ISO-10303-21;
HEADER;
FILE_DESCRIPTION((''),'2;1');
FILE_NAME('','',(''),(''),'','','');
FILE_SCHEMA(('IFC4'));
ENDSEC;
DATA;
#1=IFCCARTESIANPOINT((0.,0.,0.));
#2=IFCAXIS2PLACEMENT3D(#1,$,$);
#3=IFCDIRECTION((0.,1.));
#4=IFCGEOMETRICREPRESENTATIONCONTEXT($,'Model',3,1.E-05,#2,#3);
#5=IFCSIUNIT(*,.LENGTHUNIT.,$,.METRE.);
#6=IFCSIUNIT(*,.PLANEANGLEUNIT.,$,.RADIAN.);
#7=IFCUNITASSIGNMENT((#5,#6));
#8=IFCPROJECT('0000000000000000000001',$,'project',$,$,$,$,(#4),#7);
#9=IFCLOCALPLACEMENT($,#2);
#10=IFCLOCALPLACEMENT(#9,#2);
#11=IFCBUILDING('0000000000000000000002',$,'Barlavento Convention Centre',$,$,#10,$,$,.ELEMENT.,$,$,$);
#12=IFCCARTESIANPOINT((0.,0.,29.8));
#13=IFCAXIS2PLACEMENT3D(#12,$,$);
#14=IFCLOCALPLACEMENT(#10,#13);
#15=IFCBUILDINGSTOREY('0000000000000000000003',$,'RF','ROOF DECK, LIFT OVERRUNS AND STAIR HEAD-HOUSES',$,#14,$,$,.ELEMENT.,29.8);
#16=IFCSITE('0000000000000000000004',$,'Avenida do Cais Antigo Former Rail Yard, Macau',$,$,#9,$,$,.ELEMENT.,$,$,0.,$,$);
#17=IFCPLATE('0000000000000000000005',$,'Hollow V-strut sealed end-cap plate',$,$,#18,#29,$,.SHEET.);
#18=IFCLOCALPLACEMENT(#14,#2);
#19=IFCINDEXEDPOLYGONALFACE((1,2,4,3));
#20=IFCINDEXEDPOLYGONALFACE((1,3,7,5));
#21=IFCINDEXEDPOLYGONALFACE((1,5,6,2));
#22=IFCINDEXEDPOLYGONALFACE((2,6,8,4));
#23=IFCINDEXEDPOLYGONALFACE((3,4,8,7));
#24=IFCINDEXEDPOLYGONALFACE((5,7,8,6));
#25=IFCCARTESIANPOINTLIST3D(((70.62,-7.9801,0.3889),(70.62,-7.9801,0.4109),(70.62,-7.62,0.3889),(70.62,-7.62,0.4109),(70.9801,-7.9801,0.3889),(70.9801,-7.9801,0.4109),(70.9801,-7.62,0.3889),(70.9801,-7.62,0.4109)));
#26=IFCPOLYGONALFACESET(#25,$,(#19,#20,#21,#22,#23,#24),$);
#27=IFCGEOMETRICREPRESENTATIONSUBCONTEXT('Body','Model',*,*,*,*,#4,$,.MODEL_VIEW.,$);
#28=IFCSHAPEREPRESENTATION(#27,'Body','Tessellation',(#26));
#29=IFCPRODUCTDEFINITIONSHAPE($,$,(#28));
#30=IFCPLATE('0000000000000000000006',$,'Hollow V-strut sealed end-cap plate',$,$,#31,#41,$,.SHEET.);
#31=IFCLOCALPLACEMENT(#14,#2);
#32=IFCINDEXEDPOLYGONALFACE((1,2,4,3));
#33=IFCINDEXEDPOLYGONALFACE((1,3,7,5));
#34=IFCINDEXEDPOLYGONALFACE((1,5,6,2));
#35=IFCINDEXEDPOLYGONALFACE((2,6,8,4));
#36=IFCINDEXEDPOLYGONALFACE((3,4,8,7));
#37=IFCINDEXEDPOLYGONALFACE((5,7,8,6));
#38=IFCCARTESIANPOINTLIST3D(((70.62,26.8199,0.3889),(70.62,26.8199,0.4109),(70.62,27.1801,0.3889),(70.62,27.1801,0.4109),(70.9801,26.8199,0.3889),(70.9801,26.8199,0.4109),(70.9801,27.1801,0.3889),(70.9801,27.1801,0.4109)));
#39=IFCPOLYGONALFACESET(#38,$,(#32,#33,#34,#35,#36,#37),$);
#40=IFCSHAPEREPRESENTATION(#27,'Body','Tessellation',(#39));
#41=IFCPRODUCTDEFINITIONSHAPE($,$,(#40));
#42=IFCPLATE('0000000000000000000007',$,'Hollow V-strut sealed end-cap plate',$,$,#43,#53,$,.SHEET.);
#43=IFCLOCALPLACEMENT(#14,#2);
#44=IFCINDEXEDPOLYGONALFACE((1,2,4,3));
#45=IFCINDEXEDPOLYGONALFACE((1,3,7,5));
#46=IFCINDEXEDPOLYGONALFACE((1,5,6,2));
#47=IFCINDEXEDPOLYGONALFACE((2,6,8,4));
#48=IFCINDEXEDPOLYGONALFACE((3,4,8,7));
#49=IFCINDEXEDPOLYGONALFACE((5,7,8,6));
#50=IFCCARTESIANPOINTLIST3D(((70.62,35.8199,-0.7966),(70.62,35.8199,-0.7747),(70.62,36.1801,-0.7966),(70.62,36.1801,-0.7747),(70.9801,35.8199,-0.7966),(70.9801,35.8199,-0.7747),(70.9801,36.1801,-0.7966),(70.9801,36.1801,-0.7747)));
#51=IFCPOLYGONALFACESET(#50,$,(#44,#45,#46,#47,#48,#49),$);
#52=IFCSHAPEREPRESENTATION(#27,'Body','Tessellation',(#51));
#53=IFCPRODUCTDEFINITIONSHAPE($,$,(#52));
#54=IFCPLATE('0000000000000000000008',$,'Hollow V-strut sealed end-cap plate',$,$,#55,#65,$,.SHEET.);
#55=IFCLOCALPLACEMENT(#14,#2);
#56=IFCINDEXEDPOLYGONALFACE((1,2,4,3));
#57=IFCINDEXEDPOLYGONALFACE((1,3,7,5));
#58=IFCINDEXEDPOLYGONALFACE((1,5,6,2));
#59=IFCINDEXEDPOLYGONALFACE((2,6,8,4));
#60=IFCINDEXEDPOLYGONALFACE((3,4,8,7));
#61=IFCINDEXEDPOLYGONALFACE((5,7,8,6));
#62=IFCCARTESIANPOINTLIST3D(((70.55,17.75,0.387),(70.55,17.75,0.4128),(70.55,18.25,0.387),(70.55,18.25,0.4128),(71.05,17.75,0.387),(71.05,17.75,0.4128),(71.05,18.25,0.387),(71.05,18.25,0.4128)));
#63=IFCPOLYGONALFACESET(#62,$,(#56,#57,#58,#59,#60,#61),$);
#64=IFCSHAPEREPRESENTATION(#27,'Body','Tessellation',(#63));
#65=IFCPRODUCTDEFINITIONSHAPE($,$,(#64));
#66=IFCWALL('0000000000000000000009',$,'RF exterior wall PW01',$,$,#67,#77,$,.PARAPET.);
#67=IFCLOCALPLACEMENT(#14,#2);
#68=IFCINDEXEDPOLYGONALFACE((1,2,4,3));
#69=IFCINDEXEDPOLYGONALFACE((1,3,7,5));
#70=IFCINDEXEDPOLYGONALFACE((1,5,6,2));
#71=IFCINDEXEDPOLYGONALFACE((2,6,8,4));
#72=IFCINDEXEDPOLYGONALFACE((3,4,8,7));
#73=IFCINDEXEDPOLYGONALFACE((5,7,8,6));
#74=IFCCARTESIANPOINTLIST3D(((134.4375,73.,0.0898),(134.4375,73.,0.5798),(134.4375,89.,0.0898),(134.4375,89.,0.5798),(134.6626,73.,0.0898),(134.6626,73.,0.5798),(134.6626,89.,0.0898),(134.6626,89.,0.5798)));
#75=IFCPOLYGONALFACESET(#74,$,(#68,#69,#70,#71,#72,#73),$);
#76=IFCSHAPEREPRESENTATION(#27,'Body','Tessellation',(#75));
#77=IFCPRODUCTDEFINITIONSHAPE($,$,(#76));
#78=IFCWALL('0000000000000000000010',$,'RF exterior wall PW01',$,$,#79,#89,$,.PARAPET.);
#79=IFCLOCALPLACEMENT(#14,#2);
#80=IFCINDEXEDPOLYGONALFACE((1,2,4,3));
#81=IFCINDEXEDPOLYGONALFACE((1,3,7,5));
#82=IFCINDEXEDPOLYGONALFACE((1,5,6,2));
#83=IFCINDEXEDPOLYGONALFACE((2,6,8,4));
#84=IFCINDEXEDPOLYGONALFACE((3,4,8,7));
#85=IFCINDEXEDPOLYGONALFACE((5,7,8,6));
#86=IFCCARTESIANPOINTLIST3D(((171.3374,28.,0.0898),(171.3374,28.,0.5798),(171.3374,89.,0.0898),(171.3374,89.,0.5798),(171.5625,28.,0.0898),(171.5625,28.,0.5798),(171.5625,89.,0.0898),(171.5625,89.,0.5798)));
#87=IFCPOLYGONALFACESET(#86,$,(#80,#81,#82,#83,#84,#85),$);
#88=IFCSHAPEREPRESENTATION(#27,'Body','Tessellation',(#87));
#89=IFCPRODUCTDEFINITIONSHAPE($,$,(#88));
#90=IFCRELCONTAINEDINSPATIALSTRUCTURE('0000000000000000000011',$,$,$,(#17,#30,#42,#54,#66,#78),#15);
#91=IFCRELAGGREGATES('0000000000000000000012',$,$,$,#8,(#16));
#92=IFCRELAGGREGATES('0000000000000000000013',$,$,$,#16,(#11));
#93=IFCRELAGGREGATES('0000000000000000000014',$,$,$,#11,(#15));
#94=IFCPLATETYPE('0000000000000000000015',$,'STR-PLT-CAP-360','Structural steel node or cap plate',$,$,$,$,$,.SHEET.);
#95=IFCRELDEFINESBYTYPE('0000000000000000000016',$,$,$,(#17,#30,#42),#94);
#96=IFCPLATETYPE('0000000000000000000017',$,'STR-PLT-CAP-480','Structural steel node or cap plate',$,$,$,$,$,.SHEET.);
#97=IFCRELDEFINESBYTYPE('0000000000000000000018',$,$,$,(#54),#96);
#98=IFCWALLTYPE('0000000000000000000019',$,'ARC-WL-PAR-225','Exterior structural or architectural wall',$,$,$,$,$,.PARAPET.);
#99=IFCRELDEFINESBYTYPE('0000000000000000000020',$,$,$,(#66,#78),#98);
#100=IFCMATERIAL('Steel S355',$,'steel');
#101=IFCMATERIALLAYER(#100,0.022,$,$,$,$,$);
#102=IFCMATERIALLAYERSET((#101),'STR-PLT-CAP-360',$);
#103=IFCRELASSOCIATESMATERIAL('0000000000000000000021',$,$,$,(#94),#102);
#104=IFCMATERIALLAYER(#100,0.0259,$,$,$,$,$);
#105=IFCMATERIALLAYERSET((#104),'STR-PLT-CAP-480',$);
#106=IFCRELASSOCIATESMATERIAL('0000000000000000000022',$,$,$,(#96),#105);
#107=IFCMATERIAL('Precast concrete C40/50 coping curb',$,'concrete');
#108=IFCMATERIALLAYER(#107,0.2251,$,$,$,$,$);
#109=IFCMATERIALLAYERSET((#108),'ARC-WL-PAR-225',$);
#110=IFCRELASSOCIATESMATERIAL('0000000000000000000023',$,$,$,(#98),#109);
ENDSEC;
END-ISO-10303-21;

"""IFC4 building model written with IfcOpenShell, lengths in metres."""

from ifc_helpers import new_model, si_unit, direction, frame, frame_2d, origin, origin_2d, place, context, subcontext, project, spatial, rectangle, extrude, material, layer, layer_set, type_object, element, save


model = new_model("IFC4")

# Units and contexts
model_context = context("Model", 3, precision=1e-05, world=origin(), true_north=direction((0.0, 1.0)))
body_context = subcontext(model_context, "Body", "Model", "MODEL_VIEW")
ifc_project = project(units=[si_unit("LENGTHUNIT", "METRE"), si_unit("PLANEANGLEUNIT", "RADIAN")], contexts=[model_context])

# Site, building, storey
site_placement = place(None, origin())
site = spatial("IfcSite", under=ifc_project, at=site_placement, Name="Avenida do Cais Antigo Former Rail Yard, Macau", CompositionType="ELEMENT", RefElevation=0.0)
building_placement = place(site_placement, origin())
building = spatial("IfcBuilding", under=site, at=building_placement, Name="Barlavento Convention Centre", CompositionType="ELEMENT")
storey_placement = place(building_placement, frame((0.0, 0.0, 29.8)))
storey = spatial("IfcBuildingStorey", under=building, at=storey_placement, Name="RF", Description="ROOF DECK, LIFT OVERRUNS AND STAIR HEAD-HOUSES", CompositionType="ELEMENT", Elevation=29.8)

# Shared definitions
ifc_material_1 = material(Name="Steel S355", Category="steel")

# Plates
ifc_layer_1 = layer(ifc_material_1, 0.022)
ifc_layer_set_1 = layer_set([ifc_layer_1], Name="STR-PLT-CAP-360")
plate_type_1 = type_object("IfcPlateType", Name="STR-PLT-CAP-360", Description="Structural steel node or cap plate", PredefinedType="SHEET", material=ifc_layer_set_1)
for number, where, z_axis, x_axis, name in (
    (1, (70.8, -7.8, 0.3889), (0.0, 0.0, 1.0), (1.0, 0.0, 0.0), "Hollow V-strut sealed end-cap plate"),
    (2, (70.8, 27.0, 0.3889), (0.0, 0.0, 1.0), (1.0, 0.0, 0.0), "Hollow V-strut sealed end-cap plate"),
    (3, (70.8, 36.0, -0.7966), (0.0, 0.0, 1.0), (1.0, 0.0, 0.0), "Hollow V-strut sealed end-cap plate"),
):
    element("IfcPlate", number, at=place(storey_placement, frame(where, z_axis=z_axis, x_axis=x_axis)), inside=storey, type_object=plate_type_1, Name=name, PredefinedType="SHEET", context=body_context, shape_type="SweptSolid", body=[
        extrude(rectangle(XDim=0.3601, YDim=0.3601, at=origin_2d()), origin(), (0.0, 0.0, 1.0), 0.022),
    ])
ifc_layer_2 = layer(ifc_material_1, 0.0259)
ifc_layer_set_2 = layer_set([ifc_layer_2], Name="STR-PLT-CAP-480")
plate_type_2 = type_object("IfcPlateType", Name="STR-PLT-CAP-480", Description="Structural steel node or cap plate", PredefinedType="SHEET", material=ifc_layer_set_2)
plate_placement = place(storey_placement, frame((70.8, 18.0, 0.387), z_axis=(0.0, 0.0, 1.0), x_axis=(1.0, 0.0, 0.0)))
element("IfcPlate", 4, at=plate_placement, inside=storey, type_object=plate_type_2, Name="Hollow V-strut sealed end-cap plate", PredefinedType="SHEET", context=body_context, shape_type="SweptSolid", body=[
    extrude(rectangle(XDim=0.5, YDim=0.5, at=origin_2d()), origin(), (0.0, 0.0, 1.0), 0.0259),
])

# Walls
ifc_material_2 = material(Name="Precast concrete C40/50 coping curb", Category="concrete")
ifc_layer_3 = layer(ifc_material_2, 0.2251)
ifc_layer_set_3 = layer_set([ifc_layer_3], Name="ARC-WL-PAR-225")
wall_type = type_object("IfcWallType", Name="ARC-WL-PAR-225", Description="Exterior structural or architectural wall", PredefinedType="PARAPET", material=ifc_layer_set_3)
wall_1_placement = place(storey_placement, frame((134.55, 73.0, 0.0898), z_axis=(0.0, 0.0, 1.0), x_axis=(0.0, 1.0, 0.0)))
element("IfcWall", 5, at=wall_1_placement, inside=storey, type_object=wall_type, Name="RF exterior wall PW01", PredefinedType="PARAPET", context=body_context, shape_type="SweptSolid", body=[
    extrude(rectangle(XDim=16.0, YDim=0.2251, at=frame_2d((8.0, 0.0))), origin(), (0.0, 0.0, 1.0), 0.49),
])
wall_2_placement = place(storey_placement, frame((171.45, 89.0, 0.0898), z_axis=(0.0, 0.0, 1.0), x_axis=(0.0, -1.0, 0.0)))
element("IfcWall", 6, at=wall_2_placement, inside=storey, type_object=wall_type, Name="RF exterior wall PW01", PredefinedType="PARAPET", context=body_context, shape_type="SweptSolid", body=[
    extrude(rectangle(XDim=61.0, YDim=0.2251, at=frame_2d((30.5, 0.0))), origin(), (0.0, 0.0, 1.0), 0.49),
])

save(model, "model.ifc")
